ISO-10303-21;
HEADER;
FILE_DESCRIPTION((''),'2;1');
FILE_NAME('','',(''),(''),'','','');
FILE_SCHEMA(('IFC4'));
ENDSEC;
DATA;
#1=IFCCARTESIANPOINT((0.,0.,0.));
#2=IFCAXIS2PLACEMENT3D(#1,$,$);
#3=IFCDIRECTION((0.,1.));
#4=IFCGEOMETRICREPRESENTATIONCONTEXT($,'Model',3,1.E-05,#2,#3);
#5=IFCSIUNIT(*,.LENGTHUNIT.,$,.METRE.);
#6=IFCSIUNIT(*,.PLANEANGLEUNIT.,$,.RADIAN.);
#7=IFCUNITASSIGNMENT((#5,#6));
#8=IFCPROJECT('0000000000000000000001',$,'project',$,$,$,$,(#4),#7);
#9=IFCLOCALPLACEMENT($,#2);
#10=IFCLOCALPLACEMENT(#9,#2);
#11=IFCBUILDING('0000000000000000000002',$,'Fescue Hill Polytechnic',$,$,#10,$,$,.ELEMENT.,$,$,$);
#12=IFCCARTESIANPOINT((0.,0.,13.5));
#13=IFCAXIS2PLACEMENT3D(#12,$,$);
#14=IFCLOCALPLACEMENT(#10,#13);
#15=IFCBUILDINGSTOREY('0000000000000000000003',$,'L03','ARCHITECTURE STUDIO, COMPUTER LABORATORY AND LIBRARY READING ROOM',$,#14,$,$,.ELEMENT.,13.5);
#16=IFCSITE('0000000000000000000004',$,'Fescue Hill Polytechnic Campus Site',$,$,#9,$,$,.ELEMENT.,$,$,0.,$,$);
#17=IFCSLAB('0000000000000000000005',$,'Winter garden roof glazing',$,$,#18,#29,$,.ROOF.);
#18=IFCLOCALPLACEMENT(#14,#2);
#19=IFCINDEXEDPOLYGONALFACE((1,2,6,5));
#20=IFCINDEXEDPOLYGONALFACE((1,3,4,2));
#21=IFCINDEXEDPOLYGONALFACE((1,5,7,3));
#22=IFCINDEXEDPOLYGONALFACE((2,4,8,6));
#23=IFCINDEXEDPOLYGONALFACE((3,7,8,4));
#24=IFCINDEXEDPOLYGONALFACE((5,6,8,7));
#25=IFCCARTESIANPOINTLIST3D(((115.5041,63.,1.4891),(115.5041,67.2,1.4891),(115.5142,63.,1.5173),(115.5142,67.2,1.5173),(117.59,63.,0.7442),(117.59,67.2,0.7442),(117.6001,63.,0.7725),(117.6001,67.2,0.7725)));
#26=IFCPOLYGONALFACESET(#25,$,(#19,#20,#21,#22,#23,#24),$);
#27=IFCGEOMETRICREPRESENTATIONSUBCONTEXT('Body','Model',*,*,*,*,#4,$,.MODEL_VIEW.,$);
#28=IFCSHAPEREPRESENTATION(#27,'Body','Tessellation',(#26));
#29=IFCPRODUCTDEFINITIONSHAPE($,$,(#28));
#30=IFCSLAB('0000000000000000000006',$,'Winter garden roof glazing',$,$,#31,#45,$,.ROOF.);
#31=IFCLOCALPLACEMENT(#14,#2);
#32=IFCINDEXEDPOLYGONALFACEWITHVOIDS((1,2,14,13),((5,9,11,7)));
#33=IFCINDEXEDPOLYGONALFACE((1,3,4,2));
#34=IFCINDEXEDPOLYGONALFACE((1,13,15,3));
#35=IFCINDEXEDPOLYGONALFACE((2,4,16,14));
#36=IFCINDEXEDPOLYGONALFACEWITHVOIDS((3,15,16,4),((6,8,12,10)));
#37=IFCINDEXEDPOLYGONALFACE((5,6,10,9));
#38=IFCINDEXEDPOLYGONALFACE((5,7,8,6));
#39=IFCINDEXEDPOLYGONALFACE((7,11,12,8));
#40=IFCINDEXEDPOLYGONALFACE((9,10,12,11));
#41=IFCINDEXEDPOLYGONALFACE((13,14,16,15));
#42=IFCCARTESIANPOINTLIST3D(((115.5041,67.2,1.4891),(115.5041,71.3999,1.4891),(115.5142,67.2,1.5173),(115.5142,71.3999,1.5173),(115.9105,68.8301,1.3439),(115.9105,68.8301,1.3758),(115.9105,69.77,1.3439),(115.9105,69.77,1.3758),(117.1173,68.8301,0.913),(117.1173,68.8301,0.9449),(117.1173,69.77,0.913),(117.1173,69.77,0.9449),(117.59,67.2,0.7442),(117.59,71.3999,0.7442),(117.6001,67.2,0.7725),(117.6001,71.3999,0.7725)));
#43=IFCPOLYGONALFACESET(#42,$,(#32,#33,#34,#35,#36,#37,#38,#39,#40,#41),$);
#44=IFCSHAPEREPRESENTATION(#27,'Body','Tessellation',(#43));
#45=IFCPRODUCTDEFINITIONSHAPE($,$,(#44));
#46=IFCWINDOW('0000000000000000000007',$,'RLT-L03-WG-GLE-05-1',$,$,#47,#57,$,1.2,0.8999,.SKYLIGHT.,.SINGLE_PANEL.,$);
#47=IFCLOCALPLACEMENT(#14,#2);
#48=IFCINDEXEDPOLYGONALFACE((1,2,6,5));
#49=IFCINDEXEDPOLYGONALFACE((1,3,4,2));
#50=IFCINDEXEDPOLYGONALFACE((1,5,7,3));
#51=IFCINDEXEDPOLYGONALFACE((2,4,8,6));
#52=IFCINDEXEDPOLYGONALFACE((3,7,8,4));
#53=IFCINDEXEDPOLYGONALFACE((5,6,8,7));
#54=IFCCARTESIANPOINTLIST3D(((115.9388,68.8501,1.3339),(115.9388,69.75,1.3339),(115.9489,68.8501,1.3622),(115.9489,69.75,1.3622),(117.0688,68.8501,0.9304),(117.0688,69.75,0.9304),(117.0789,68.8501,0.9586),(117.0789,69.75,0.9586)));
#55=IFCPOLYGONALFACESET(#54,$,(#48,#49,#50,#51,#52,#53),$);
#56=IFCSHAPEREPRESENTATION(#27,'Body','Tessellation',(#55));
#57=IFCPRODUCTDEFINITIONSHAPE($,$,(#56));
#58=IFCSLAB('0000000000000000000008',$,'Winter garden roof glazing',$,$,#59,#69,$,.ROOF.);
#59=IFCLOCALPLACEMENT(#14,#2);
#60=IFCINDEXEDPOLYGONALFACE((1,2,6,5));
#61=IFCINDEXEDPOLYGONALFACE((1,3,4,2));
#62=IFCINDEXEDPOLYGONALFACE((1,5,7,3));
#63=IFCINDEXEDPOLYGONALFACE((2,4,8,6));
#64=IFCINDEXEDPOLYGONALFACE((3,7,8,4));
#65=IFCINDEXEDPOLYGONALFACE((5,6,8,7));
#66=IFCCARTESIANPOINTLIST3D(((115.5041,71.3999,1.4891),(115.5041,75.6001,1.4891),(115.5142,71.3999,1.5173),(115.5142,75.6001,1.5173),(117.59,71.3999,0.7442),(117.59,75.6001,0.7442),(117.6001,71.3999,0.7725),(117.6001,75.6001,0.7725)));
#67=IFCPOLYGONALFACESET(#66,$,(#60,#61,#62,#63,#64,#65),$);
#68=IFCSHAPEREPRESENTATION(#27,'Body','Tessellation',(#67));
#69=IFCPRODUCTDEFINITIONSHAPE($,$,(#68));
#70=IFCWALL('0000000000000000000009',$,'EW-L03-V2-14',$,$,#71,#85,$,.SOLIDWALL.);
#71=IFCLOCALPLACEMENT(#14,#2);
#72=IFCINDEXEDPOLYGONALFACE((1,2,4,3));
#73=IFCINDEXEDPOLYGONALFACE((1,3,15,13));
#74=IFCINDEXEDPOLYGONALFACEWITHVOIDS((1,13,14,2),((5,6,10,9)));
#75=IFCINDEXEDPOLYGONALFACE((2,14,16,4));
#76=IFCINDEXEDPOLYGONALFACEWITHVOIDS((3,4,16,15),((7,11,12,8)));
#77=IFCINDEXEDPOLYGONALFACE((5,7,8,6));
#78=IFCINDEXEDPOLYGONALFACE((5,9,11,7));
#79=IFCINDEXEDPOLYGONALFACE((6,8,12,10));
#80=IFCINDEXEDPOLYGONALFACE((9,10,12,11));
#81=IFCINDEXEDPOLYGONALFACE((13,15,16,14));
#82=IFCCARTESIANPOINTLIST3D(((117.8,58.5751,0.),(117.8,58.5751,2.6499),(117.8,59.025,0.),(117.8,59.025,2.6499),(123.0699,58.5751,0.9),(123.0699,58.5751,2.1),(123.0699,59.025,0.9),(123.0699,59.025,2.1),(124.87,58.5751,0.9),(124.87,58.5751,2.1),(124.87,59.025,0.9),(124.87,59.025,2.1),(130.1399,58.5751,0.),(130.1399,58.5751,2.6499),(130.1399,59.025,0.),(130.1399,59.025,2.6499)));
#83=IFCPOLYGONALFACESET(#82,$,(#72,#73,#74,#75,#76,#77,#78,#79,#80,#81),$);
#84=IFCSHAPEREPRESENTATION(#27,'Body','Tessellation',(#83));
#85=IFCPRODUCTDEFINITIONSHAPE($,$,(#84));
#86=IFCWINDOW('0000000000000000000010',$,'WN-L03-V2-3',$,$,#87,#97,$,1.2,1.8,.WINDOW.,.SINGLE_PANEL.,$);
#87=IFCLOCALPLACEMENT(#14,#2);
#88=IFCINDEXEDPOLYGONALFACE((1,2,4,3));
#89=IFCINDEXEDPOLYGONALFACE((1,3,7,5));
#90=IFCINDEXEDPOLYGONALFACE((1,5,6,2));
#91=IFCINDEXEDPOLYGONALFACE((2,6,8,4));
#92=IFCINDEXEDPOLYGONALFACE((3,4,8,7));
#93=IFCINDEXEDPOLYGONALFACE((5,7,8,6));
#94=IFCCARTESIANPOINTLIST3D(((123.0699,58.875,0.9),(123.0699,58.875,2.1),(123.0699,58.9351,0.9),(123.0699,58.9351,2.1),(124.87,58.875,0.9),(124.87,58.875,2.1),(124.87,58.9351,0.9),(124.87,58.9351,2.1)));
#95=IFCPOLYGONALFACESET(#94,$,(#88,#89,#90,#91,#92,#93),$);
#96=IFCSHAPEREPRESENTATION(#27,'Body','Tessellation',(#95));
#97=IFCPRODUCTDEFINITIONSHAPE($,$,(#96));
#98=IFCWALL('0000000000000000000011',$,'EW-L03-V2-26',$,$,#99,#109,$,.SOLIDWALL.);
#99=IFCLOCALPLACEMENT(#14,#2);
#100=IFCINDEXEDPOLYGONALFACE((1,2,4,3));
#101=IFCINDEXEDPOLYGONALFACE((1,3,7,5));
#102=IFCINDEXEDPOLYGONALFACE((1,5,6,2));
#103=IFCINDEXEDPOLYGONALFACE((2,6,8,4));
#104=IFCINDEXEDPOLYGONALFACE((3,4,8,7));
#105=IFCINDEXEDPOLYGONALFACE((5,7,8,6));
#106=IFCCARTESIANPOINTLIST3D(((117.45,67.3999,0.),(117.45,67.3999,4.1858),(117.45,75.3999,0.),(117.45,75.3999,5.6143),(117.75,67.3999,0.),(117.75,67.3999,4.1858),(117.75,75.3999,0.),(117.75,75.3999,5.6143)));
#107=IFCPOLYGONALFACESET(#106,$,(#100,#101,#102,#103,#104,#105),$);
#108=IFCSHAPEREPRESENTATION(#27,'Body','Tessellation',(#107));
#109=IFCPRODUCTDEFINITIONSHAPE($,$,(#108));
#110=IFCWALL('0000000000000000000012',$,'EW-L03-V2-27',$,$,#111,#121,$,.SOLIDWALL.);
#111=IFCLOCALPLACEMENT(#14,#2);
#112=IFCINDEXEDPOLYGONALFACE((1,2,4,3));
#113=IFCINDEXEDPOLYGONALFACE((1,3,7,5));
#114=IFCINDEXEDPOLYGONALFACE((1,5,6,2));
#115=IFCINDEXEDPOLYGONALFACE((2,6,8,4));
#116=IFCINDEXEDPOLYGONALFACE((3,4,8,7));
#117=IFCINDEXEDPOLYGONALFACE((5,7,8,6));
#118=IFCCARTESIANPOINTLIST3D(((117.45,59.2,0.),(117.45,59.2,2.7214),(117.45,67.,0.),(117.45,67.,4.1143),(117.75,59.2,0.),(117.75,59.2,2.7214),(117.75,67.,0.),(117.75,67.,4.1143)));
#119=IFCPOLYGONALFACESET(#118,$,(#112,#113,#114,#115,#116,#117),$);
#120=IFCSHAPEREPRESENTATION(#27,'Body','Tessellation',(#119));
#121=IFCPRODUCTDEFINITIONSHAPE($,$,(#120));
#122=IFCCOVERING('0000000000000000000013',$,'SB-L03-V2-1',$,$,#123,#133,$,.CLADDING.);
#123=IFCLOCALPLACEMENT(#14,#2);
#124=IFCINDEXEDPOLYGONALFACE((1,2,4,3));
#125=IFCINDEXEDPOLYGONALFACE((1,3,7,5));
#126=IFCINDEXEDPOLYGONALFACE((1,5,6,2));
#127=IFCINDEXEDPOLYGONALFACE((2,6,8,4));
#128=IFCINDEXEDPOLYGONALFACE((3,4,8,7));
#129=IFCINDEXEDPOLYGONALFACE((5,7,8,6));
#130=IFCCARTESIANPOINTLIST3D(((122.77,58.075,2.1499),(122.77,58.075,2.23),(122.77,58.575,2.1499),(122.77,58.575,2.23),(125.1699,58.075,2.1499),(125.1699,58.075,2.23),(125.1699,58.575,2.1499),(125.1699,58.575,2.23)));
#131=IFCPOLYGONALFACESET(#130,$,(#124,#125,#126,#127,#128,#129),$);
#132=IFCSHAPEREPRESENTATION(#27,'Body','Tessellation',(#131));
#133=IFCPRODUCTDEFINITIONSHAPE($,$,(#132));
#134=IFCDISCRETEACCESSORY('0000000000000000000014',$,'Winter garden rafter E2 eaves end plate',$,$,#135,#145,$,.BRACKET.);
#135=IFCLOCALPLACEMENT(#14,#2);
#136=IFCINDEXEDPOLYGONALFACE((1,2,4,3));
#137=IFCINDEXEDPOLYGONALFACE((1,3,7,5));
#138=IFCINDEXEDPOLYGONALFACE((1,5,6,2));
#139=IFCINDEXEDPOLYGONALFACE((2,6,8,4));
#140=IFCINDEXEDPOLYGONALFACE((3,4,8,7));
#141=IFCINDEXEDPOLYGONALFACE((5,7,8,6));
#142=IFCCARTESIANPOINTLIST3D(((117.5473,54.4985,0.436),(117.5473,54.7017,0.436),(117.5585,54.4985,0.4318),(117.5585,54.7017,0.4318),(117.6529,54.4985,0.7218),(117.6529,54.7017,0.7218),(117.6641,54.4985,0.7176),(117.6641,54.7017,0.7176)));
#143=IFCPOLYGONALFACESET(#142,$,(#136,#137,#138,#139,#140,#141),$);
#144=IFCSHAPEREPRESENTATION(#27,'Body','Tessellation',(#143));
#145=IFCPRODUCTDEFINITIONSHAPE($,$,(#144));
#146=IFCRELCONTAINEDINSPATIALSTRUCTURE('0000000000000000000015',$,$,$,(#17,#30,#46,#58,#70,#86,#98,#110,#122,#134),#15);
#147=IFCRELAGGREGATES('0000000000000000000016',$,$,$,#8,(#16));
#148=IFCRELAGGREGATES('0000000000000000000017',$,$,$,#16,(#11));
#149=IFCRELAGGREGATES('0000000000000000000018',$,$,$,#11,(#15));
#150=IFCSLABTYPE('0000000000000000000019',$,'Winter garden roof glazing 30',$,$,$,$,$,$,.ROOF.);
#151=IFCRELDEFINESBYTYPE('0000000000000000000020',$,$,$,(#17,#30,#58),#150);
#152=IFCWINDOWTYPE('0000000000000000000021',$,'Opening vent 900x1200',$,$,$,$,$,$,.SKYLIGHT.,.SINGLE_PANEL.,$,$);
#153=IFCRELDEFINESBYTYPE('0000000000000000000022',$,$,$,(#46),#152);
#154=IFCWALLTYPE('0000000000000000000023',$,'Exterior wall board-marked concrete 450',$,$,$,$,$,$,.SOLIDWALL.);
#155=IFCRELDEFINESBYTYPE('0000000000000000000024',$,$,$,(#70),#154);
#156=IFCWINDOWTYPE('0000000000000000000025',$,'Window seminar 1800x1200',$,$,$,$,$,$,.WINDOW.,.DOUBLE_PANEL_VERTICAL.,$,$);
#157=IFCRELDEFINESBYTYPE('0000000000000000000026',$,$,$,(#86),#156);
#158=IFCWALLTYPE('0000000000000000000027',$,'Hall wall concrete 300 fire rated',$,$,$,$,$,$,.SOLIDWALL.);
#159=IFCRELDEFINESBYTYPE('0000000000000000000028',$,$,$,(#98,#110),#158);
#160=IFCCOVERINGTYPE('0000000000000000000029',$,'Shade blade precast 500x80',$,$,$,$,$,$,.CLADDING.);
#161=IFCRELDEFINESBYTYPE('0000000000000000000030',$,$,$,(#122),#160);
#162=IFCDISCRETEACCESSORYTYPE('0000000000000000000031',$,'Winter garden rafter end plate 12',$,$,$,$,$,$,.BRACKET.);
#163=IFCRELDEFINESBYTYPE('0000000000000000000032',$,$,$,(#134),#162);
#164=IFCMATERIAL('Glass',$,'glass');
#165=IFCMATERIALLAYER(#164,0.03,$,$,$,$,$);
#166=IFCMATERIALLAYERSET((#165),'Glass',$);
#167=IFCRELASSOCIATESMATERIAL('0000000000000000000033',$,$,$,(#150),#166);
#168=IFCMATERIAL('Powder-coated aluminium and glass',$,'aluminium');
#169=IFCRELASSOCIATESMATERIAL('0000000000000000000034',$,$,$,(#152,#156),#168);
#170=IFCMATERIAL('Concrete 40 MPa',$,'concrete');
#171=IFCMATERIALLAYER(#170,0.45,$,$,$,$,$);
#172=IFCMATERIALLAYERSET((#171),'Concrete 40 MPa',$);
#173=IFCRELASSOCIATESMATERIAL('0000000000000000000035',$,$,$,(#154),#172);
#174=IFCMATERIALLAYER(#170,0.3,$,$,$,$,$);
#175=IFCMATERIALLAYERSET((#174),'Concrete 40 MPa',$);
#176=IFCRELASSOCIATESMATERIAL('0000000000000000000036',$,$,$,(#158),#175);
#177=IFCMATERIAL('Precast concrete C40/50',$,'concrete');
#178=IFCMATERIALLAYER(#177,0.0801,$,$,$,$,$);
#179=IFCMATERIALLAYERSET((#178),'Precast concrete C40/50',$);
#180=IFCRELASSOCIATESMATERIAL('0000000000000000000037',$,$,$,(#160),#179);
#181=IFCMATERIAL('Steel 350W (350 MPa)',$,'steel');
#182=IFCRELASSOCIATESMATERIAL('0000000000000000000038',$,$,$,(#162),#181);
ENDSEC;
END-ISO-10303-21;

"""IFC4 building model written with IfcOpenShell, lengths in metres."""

from ifc_helpers import new_model, si_unit, direction, frame, frame_2d, origin, origin_2d, place, context, subcontext, project, spatial, polyline, rectangle, outline, extrude, material, layer, layer_set, material_profile, profile_set, type_object, element, fill, save


model = new_model("IFC4")

# Units and contexts
model_context = context("Model", 3, precision=1e-05, world=origin(), true_north=direction((0.0, 1.0)))
body_context = subcontext(model_context, "Body", "Model", "MODEL_VIEW")
ifc_project = project(units=[si_unit("LENGTHUNIT", "METRE"), si_unit("PLANEANGLEUNIT", "RADIAN")], contexts=[model_context])

# Site, building, storey
site_placement = place(None, origin())
site = spatial("IfcSite", under=ifc_project, at=site_placement, Name="Fescue Hill Polytechnic Campus Site", CompositionType="ELEMENT", RefElevation=0.0)
building_placement = place(site_placement, origin())
building = spatial("IfcBuilding", under=site, at=building_placement, Name="Fescue Hill Polytechnic", CompositionType="ELEMENT")
storey_placement = place(building_placement, frame((0.0, 0.0, 13.5)))
storey = spatial("IfcBuildingStorey", under=building, at=storey_placement, Name="L03", Description="ARCHITECTURE STUDIO, COMPUTER LABORATORY AND LIBRARY READING ROOM", CompositionType="ELEMENT", Elevation=13.5)

# Shared definitions
ifc_material_1 = material(Name="Concrete 40 MPa", Category="concrete")

# Shared definitions
ifc_material_2 = material(Name="Steel 350W (350 MPa)", Category="steel")

# Slab
ifc_material_3 = material(Name="Glass", Category="glass")
ifc_layer_1 = layer(ifc_material_3, 0.03)
ifc_layer_set_1 = layer_set([ifc_layer_1], Name="Glass")
slab_type = type_object("IfcSlabType", Name="Winter garden roof glazing 30", PredefinedType="ROOF", material=ifc_layer_set_1)
slab_1_placement = place(storey_placement, frame((117.6001, 63.0, 0.7725), z_axis=(0.336295, 0.0, 0.941757), x_axis=(0.0, 1.0, 0.0)))
element("IfcSlab", 1, at=slab_1_placement, inside=storey, type_object=slab_type, Name="Winter garden roof glazing", PredefinedType="ROOF", context=body_context, shape_type="SweptSolid", body=[
    extrude(outline(polyline([(0.0, 0.0), (4.2, 0.0), (4.2, 2.2149), (0.0, 2.2149), (0.0, 0.0)])), origin(), (0.0, 0.0, -1.0), 0.03),
])

# Slab, opening, window
slab_2_placement = place(storey_placement, frame((117.6001, 67.2, 0.7725), z_axis=(0.336295, 0.0, 0.941757), x_axis=(0.0, 1.0, 0.0)))
slab_2 = element("IfcSlab", 2, at=slab_2_placement, inside=storey, type_object=slab_type, Name="Winter garden roof glazing", PredefinedType="ROOF", context=body_context, shape_type="SweptSolid", body=[
    extrude(outline(polyline([(0.0, 0.0), (4.2, 0.0), (4.2, 2.2149), (0.0, 2.2149), (0.0, 0.0)])), origin(), (0.0, 0.0, -1.0), 0.03),
])
opening_1_placement = place(storey_placement, frame((116.5139, 69.3, 0.8142)))
opening_1 = element("IfcOpeningElement", 3, at=opening_1_placement, cuts=slab_2, PredefinedType="OPENING", context=body_context, shape_type="SweptSolid", body=[
    extrude(rectangle(XDim=1.2068, YDim=0.9399, at=origin_2d()), origin(), (0.0, 0.0, 1.0), 0.6604),
])
ifc_material_4 = material(Name="Powder-coated aluminium and glass", Category="aluminium")
window_type_1 = type_object("IfcWindowType", Name="Opening vent 900x1200", PartitioningType="SINGLE_PANEL", PredefinedType="SKYLIGHT", material=ifc_material_4)
window_1_placement = place(storey_placement, frame((116.5139, 69.3, 1.1604), z_axis=(0.336295, 0.0, 0.941757), x_axis=(0.0, 1.0, 0.0)))
window_1 = element("IfcWindow", 4, at=window_1_placement, inside=storey, type_object=window_type_1, Name="RLT-L03-WG-GLE-05-1", OverallHeight=1.2, OverallWidth=0.8999, PartitioningType="SINGLE_PANEL", PredefinedType="SKYLIGHT", context=body_context, shape_type="SweptSolid", body=[
    extrude(rectangle(XDim=0.8999, YDim=1.2, at=origin_2d()), origin(), (0.0, 0.0, -1.0), 0.03),
])
fill(opening_1, window_1)

# Slab
slab_3_placement = place(storey_placement, frame((117.6001, 71.3999, 0.7725), z_axis=(0.336295, 0.0, 0.941757), x_axis=(0.0, 1.0, 0.0)))
element("IfcSlab", 5, at=slab_3_placement, inside=storey, type_object=slab_type, Name="Winter garden roof glazing", PredefinedType="ROOF", context=body_context, shape_type="SweptSolid", body=[
    extrude(outline(polyline([(0.0, 0.0), (4.2002, 0.0), (4.2002, 2.2149), (0.0, 2.2149), (0.0, 0.0)])), origin(), (0.0, 0.0, -1.0), 0.03),
])

# Wall, opening, window
ifc_layer_2 = layer(ifc_material_1, 0.45)
ifc_layer_set_2 = layer_set([ifc_layer_2], Name="Concrete 40 MPa")
wall_type_1 = type_object("IfcWallType", Name="Exterior wall board-marked concrete 450", PredefinedType="SOLIDWALL", material=ifc_layer_set_2)
wall_1_placement = place(storey_placement, frame((117.8, 58.8, 0.0), z_axis=(0.0, 0.0, 1.0), x_axis=(1.0, 0.0, 0.0)))
wall_1 = element("IfcWall", 6, at=wall_1_placement, inside=storey, type_object=wall_type_1, Name="EW-L03-V2-14", PredefinedType="SOLIDWALL", context=body_context, shape_type="SweptSolid", body=[
    extrude(rectangle(XDim=12.3398, YDim=0.45, at=frame_2d((6.1699, 0.0))), origin(), (0.0, 0.0, 1.0), 2.6499),
])
opening_2_placement = place(wall_1_placement, frame((5.27, 0.0, 0.8999)))
opening_2 = element("IfcOpeningElement", 7, at=opening_2_placement, cuts=wall_1, PredefinedType="OPENING", context=body_context, shape_type="SweptSolid", body=[
    extrude(rectangle(XDim=1.8, YDim=1.2, at=frame_2d((0.8999, 0.6001))), frame((0.0, 0.2349, 0.0), z_axis=(0.0, -1.0, 0.0), x_axis=(1.0, 0.0, 0.0)), (0.0, 0.0, 1.0), 0.47),
])
window_type_2 = type_object("IfcWindowType", Name="Window seminar 1800x1200", PartitioningType="DOUBLE_PANEL_VERTICAL", PredefinedType="WINDOW", material=ifc_material_4)
window_2_placement = place(opening_2_placement, origin())
window_2 = element("IfcWindow", 8, at=window_2_placement, inside=storey, type_object=window_type_2, Name="WN-L03-V2-3", OverallHeight=1.2, OverallWidth=1.8, PartitioningType="SINGLE_PANEL", PredefinedType="WINDOW", context=body_context, shape_type="SweptSolid", body=[
    extrude(rectangle(XDim=1.8, YDim=1.2, at=frame_2d((0.8999, 0.6001))), frame((0.0, 0.135, 0.0), z_axis=(0.0, -1.0, 0.0), x_axis=(1.0, 0.0, 0.0)), (0.0, 0.0, 1.0), 0.0601),
])
fill(opening_2, window_2)

# Walls
ifc_layer_3 = layer(ifc_material_1, 0.3)
ifc_layer_set_3 = layer_set([ifc_layer_3], Name="Concrete 40 MPa")
wall_type_2 = type_object("IfcWallType", Name="Hall wall concrete 300 fire rated", PredefinedType="SOLIDWALL", material=ifc_layer_set_3)
wall_2_placement = place(storey_placement, frame((117.6001, 75.3999, 0.0), z_axis=(0.0, 0.0, 1.0), x_axis=(0.0, -1.0, 0.0)))
element("IfcWall", 9, at=wall_2_placement, inside=storey, type_object=wall_type_2, Name="EW-L03-V2-26", PredefinedType="SOLIDWALL", context=body_context, shape_type="SweptSolid", body=[
    extrude(outline(polyline([(0.0, 0.0), (8.0, 0.0), (8.0, 4.1858), (0.0, 5.6143), (0.0, 0.0)])), frame((0.0, 0.1499, 0.0), z_axis=(0.0, -1.0, 0.0), x_axis=(1.0, 0.0, 0.0)), (0.0, 0.0, 1.0), 0.3),
])
wall_3_placement = place(storey_placement, frame((117.6001, 67.0, 0.0), z_axis=(0.0, 0.0, 1.0), x_axis=(0.0, -1.0, 0.0)))
element("IfcWall", 10, at=wall_3_placement, inside=storey, type_object=wall_type_2, Name="EW-L03-V2-27", PredefinedType="SOLIDWALL", context=body_context, shape_type="SweptSolid", body=[
    extrude(outline(polyline([(0.0, 0.0), (7.8, 0.0), (7.8, 2.7214), (0.0, 4.1143), (0.0, 0.0)])), frame((0.0, 0.1499, 0.0), z_axis=(0.0, -1.0, 0.0), x_axis=(1.0, 0.0, 0.0)), (0.0, 0.0, 1.0), 0.3),
])

# Covering
ifc_material_5 = material(Name="Precast concrete C40/50", Category="concrete")
ifc_layer_4 = layer(ifc_material_5, 0.0801)
ifc_layer_set_4 = layer_set([ifc_layer_4], Name="Precast concrete C40/50")
covering_type = type_object("IfcCoveringType", Name="Shade blade precast 500x80", PredefinedType="CLADDING", material=ifc_layer_set_4)
covering_placement = place(storey_placement, frame((123.97, 58.325, 2.1499), z_axis=(0.0, 0.0, 1.0), x_axis=(1.0, 0.0, 0.0)))
element("IfcCovering", 11, at=covering_placement, inside=storey, type_object=covering_type, Name="SB-L03-V2-1", PredefinedType="CLADDING", context=body_context, shape_type="SweptSolid", body=[
    extrude(rectangle(XDim=2.3999, YDim=0.5, at=origin_2d()), origin(), (0.0, 0.0, 1.0), 0.0801),
])

# Discrete accessory
ifc_material_profile_1 = material_profile(ifc_material_2, rectangle(XDim=0.2031, YDim=0.3047, at=origin_2d()), Name="Winter garden rafter end plate 12")
ifc_profile_set_1 = profile_set([ifc_material_profile_1], Name="Steel 350W (350 MPa)")
discrete_accessory_type = type_object("IfcDiscreteAccessoryType", Name="Winter garden rafter end plate 12", PredefinedType="BRACKET", material=ifc_profile_set_1)
discrete_accessory_placement = place(storey_placement, frame((117.6113, 54.6001, 0.5747), z_axis=(-0.937994, 0.0, 0.34665), x_axis=(0.0, -1.0, 0.0)))
element("IfcDiscreteAccessory", 12, at=discrete_accessory_placement, inside=storey, type_object=discrete_accessory_type, Name="Winter garden rafter E2 eaves end plate", PredefinedType="BRACKET", context=body_context, shape_type="SweptSolid", body=[
    extrude(rectangle(XDim=0.2031, YDim=0.3047, at=origin_2d()), origin(), (0.0, 0.0, 1.0), 0.012),
])

save(model, "model.ifc")
